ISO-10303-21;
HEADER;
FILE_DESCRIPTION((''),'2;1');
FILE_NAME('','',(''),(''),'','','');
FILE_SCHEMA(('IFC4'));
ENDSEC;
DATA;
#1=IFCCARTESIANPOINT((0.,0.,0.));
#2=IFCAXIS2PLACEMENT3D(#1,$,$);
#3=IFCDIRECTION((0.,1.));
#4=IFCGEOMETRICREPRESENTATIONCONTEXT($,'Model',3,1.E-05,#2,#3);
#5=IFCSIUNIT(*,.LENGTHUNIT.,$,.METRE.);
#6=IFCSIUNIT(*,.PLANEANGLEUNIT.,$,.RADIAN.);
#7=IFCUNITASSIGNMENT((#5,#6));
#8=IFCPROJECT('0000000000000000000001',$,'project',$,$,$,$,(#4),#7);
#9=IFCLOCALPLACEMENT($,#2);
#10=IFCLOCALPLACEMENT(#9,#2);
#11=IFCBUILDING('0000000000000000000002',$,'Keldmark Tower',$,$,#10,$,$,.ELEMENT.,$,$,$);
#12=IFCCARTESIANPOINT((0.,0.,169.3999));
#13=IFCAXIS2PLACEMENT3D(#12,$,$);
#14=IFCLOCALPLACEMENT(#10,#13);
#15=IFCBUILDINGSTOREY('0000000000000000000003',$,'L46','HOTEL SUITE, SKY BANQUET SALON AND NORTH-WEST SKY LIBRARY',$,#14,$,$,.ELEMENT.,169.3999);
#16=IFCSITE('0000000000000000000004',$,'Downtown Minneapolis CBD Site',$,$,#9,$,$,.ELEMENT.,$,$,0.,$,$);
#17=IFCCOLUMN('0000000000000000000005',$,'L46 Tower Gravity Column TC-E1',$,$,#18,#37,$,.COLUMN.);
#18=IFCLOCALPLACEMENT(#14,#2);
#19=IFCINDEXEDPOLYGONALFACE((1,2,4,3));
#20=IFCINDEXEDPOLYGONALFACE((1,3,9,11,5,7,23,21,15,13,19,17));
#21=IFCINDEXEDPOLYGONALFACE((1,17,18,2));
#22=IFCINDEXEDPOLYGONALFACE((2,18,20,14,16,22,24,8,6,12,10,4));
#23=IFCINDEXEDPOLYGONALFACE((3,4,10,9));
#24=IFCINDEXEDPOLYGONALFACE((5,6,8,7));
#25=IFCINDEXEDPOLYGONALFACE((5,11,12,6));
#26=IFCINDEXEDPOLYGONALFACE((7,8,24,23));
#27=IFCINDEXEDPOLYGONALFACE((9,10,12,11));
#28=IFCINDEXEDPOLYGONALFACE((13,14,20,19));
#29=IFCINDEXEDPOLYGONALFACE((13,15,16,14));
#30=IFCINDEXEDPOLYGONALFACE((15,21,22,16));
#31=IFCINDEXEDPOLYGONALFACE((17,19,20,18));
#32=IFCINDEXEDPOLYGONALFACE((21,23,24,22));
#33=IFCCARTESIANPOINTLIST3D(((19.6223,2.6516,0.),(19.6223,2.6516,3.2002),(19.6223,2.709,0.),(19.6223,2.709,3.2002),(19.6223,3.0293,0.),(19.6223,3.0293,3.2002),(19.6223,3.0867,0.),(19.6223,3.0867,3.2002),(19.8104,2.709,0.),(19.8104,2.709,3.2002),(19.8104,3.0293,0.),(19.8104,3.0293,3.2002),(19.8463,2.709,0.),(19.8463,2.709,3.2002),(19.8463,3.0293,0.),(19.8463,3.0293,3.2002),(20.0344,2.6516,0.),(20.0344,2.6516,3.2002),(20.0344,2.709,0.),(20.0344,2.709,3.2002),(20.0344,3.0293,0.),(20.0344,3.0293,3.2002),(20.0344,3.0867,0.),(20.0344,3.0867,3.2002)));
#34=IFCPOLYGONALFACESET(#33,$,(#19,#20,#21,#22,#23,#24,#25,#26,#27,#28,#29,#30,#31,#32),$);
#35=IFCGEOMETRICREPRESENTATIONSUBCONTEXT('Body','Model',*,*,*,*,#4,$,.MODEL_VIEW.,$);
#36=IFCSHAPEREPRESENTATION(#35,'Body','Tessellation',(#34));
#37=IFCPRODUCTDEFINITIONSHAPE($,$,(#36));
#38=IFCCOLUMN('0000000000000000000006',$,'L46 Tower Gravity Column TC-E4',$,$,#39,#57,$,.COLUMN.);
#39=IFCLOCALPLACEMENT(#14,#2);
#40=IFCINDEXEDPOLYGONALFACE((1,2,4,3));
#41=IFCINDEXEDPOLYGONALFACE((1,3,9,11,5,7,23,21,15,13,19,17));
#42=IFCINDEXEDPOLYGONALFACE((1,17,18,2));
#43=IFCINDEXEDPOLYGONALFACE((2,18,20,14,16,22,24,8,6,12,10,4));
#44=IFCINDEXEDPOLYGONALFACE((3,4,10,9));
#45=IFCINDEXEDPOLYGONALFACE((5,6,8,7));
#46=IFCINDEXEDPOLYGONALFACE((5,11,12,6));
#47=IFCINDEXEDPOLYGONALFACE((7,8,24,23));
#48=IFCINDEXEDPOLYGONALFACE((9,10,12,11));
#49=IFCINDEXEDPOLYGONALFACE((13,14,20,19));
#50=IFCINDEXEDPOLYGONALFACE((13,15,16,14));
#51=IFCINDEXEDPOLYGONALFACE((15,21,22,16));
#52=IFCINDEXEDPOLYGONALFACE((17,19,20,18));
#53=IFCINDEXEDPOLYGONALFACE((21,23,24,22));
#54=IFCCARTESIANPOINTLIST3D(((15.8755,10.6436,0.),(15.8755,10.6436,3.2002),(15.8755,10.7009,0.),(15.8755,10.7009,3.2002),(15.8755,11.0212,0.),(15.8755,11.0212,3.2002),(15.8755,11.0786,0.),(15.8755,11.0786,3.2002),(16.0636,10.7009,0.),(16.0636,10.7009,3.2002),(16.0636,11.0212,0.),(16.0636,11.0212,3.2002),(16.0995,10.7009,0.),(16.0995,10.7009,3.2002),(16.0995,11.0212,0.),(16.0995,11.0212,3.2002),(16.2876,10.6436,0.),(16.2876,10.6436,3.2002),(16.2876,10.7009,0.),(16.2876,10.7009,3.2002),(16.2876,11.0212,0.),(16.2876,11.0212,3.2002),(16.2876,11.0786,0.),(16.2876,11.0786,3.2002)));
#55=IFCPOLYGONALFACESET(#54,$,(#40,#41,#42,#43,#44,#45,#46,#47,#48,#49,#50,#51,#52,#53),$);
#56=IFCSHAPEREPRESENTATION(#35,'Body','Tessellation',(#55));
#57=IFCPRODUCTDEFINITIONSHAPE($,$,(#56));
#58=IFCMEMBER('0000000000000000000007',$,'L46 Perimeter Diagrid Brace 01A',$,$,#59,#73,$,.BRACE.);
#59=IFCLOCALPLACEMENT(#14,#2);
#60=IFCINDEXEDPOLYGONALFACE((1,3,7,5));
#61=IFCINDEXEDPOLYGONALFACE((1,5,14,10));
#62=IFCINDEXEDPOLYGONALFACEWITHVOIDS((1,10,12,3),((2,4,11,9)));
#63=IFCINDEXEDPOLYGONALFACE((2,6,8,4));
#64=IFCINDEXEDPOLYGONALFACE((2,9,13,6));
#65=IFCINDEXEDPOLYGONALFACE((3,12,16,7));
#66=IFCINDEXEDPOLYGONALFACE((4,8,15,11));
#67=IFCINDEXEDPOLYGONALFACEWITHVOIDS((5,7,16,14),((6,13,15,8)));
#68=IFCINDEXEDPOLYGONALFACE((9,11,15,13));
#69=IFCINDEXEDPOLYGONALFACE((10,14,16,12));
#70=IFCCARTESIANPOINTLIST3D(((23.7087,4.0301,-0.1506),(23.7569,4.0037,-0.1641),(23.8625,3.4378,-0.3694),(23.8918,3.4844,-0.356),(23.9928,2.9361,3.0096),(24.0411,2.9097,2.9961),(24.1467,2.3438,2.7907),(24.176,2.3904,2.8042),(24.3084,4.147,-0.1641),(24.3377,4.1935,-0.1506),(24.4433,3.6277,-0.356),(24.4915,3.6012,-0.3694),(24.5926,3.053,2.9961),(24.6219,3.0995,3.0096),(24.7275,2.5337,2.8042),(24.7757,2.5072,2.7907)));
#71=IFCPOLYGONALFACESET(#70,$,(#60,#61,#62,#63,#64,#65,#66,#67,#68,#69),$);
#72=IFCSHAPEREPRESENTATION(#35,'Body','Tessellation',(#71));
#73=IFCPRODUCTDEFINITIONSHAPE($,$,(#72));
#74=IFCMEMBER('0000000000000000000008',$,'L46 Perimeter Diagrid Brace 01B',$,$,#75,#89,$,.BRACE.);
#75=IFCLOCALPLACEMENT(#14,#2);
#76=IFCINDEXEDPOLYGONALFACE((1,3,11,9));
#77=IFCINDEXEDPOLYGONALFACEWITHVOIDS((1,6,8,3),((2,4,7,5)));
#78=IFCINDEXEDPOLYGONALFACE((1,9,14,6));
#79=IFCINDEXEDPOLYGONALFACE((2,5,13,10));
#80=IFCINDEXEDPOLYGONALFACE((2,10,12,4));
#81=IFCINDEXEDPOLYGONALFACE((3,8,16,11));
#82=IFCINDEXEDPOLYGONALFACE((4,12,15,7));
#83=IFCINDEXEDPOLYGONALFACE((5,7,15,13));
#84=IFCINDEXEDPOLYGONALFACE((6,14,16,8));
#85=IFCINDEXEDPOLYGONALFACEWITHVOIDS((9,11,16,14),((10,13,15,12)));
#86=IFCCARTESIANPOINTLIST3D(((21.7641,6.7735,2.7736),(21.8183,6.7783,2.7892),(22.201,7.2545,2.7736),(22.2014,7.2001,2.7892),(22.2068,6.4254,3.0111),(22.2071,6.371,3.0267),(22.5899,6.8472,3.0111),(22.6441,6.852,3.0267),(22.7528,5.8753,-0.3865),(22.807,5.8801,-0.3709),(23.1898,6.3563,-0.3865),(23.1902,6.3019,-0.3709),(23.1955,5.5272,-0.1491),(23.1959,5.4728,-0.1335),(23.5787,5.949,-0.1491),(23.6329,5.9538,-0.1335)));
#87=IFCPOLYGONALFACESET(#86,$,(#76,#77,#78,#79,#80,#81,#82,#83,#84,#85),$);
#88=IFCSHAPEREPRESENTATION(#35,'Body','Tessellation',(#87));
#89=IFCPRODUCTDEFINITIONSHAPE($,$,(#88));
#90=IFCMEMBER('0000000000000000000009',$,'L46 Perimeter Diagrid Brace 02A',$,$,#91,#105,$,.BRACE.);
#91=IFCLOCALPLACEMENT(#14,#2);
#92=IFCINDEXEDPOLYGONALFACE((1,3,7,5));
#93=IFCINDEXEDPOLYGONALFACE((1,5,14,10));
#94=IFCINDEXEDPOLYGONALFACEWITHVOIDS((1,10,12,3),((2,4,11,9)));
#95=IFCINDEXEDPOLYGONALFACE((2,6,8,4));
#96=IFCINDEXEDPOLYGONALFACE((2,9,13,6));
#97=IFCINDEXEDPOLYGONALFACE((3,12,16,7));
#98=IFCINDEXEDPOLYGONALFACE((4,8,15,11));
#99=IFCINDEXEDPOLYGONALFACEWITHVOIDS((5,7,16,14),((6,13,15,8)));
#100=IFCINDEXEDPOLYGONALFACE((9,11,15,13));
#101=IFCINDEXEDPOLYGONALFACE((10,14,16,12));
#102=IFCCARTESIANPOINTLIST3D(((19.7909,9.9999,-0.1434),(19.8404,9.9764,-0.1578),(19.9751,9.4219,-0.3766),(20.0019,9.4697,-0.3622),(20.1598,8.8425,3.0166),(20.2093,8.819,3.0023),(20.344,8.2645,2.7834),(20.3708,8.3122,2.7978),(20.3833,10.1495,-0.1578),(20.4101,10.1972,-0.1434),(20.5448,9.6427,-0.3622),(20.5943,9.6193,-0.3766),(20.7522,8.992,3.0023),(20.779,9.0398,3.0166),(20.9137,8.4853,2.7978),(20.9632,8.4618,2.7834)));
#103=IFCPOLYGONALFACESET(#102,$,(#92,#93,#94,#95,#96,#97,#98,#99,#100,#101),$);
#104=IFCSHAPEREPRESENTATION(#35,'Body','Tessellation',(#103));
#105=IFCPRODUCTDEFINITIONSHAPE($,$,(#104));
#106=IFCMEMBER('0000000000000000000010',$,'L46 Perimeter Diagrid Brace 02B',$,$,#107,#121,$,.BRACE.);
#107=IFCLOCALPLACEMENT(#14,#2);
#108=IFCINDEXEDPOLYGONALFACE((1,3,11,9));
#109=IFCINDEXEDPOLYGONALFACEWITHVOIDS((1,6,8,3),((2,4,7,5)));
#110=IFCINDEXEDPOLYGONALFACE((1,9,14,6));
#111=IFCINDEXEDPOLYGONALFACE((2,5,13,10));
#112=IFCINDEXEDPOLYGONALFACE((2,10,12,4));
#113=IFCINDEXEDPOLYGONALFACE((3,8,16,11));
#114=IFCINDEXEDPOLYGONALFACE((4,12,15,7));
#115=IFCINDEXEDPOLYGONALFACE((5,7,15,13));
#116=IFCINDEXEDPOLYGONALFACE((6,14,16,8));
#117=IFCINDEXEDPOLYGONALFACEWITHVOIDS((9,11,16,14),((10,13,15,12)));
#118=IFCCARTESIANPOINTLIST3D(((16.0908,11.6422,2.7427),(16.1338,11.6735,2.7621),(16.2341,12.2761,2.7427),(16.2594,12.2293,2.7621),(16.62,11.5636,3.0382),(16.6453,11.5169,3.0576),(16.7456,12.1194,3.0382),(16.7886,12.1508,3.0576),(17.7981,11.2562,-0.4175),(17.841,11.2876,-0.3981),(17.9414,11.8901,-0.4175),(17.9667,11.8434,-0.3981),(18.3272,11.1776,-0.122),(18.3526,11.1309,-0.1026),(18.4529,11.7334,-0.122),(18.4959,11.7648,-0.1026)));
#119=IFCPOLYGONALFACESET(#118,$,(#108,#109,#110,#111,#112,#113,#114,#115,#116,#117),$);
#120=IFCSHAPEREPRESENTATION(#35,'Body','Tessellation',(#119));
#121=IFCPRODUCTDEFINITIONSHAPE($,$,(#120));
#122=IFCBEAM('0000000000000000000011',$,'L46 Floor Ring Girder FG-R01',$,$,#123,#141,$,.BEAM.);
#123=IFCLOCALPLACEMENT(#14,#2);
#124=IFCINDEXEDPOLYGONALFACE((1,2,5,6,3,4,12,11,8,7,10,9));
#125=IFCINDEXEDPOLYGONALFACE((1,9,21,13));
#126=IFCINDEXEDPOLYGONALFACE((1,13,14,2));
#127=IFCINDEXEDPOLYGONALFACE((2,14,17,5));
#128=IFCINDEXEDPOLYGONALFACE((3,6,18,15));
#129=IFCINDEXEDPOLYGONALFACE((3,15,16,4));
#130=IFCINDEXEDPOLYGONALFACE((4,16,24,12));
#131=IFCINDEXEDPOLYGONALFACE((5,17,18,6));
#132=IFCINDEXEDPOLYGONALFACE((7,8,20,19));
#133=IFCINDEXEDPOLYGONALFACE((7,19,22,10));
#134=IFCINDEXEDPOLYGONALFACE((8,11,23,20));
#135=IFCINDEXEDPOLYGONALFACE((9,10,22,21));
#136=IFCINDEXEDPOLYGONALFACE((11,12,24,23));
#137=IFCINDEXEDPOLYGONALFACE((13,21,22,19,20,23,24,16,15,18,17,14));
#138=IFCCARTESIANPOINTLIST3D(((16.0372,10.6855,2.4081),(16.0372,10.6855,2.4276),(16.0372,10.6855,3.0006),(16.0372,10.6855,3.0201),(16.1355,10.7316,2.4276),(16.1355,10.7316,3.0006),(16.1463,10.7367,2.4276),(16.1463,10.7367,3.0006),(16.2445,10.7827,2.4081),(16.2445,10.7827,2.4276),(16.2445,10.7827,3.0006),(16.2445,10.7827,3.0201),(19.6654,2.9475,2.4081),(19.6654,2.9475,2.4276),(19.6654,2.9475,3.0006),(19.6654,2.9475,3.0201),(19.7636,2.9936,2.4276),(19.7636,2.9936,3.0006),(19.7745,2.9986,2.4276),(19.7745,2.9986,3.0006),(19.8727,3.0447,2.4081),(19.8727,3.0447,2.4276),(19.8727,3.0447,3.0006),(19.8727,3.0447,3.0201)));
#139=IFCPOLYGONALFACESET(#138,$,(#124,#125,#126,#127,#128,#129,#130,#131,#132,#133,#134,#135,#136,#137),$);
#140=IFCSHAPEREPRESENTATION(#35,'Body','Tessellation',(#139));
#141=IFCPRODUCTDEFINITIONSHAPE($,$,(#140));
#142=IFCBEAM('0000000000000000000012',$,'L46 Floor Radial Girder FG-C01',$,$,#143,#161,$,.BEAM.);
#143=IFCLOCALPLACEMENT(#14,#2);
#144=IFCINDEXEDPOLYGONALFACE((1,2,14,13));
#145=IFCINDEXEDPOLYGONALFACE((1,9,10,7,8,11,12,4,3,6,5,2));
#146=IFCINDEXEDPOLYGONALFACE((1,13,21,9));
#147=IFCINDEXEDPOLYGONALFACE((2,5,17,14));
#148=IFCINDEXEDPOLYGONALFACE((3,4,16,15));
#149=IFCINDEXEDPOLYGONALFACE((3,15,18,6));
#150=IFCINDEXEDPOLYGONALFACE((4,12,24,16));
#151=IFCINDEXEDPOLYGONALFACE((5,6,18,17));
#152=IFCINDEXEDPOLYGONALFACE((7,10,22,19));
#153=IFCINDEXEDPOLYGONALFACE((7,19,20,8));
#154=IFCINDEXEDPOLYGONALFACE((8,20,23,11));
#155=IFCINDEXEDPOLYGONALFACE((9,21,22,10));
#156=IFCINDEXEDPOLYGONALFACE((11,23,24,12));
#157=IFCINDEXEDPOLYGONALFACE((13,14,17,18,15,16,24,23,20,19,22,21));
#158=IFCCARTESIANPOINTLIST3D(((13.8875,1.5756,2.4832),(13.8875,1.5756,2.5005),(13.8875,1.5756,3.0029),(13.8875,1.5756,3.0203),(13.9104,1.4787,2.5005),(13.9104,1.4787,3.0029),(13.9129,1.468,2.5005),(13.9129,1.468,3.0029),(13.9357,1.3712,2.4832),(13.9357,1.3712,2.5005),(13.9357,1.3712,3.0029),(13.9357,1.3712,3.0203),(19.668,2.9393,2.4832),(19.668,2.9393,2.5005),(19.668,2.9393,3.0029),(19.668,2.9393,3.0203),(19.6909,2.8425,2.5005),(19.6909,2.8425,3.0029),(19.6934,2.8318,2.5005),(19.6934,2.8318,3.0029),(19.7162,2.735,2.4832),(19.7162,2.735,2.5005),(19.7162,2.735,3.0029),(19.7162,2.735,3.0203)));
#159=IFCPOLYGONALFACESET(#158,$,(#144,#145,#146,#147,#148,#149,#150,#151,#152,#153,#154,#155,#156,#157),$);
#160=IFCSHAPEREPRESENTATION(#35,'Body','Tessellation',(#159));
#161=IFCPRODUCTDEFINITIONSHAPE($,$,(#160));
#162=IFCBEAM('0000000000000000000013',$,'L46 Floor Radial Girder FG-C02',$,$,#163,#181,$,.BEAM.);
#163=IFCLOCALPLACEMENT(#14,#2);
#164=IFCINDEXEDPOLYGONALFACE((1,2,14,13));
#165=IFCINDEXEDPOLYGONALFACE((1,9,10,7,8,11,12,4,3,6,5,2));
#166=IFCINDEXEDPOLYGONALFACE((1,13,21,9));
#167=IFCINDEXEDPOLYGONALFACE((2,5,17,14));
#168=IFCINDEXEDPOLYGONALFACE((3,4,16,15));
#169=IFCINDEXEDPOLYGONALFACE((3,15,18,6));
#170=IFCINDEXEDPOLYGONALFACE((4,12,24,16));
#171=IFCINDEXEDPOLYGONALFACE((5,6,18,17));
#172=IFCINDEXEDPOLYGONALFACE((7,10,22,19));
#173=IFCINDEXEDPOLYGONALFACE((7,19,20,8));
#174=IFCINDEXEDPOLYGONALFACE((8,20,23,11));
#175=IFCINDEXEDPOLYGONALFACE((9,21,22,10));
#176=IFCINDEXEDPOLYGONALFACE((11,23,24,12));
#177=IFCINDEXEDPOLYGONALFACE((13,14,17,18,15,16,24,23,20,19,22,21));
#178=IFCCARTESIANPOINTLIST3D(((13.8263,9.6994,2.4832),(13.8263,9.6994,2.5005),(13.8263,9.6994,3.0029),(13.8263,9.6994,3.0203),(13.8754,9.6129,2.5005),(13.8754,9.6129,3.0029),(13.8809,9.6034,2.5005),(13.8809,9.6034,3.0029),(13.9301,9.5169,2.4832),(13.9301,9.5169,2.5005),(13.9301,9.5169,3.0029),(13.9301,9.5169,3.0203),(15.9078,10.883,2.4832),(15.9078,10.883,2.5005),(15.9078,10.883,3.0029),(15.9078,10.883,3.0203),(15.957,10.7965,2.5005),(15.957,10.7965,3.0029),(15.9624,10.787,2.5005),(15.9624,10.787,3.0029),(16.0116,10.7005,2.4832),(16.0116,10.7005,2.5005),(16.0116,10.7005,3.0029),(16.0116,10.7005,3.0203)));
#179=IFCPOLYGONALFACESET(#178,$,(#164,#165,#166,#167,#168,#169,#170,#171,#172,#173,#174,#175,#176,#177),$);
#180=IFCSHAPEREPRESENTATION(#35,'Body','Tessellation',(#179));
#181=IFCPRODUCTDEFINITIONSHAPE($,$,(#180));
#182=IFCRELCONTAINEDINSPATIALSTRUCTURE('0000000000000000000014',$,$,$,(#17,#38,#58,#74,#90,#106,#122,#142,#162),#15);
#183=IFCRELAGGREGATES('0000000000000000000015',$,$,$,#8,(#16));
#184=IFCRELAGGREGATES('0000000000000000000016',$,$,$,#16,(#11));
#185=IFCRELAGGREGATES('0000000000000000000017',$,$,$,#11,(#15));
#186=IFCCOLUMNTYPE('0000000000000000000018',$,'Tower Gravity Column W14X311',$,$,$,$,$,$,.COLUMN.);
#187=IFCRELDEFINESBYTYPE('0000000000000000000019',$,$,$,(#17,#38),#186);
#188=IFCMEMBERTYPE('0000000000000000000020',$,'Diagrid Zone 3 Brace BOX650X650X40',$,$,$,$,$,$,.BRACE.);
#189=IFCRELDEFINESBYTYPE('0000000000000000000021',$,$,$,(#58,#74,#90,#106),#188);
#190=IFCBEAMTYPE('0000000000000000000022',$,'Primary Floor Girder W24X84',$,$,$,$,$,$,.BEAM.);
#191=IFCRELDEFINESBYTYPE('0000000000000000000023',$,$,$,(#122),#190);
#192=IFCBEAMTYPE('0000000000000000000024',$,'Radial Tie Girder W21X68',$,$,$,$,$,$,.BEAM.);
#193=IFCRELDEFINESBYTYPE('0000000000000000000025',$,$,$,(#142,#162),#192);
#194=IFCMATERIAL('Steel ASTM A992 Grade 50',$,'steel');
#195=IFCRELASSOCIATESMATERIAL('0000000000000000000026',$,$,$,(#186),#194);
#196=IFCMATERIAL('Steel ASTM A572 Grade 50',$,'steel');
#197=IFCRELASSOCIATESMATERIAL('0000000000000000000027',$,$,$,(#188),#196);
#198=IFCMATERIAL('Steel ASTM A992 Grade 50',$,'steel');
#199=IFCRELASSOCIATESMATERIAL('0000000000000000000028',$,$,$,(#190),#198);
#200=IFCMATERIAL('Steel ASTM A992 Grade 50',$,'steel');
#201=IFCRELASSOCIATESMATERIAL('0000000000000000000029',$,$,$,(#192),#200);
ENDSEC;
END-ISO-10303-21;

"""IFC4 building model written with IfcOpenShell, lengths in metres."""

from ifc_helpers import new_model, si_unit, direction, frame, origin, origin_2d, place, context, subcontext, project, spatial, hollow_rectangle, i_section, extrude, material, material_profile, profile_set, type_object, element, save


model = new_model("IFC4")

# Units and contexts
model_context = context("Model", 3, precision=1e-05, world=origin(), true_north=direction((0.0, 1.0)))
body_context = subcontext(model_context, "Body", "Model", "MODEL_VIEW")
ifc_project = project(units=[si_unit("LENGTHUNIT", "METRE"), si_unit("PLANEANGLEUNIT", "RADIAN")], contexts=[model_context])

# Site, building, storey
site_placement = place(None, origin())
site = spatial("IfcSite", under=ifc_project, at=site_placement, Name="Downtown Minneapolis CBD Site", CompositionType="ELEMENT", RefElevation=0.0)
building_placement = place(site_placement, origin())
building = spatial("IfcBuilding", under=site, at=building_placement, Name="Keldmark Tower", CompositionType="ELEMENT")
storey_placement = place(building_placement, frame((0.0, 0.0, 169.3999)))
storey = spatial("IfcBuildingStorey", under=building, at=storey_placement, Name="L46", Description="HOTEL SUITE, SKY BANQUET SALON AND NORTH-WEST SKY LIBRARY", CompositionType="ELEMENT", Elevation=169.3999)

# Columns
ifc_material_1 = material(Name="Steel ASTM A992 Grade 50", Category="steel")
ifc_material_profile_1 = material_profile(ifc_material_1, i_section(OverallWidth=0.4121, OverallDepth=0.4351, WebThickness=0.0359, FlangeThickness=0.0574, at=origin_2d()), Name="W14X311")
ifc_profile_set_1 = profile_set([ifc_material_profile_1], Name="Steel ASTM A992 Grade 50")
column_type = type_object("IfcColumnType", Name="Tower Gravity Column W14X311", PredefinedType="COLUMN", material=ifc_profile_set_1)
for number, where, z_axis, x_axis, name in (
    (1, (19.8284, 2.8691, 0.0), (0.0, 0.0, 1.0), (1.0, 0.0, 0.0), "L46 Tower Gravity Column TC-E1"),
    (2, (16.0815, 10.8611, 0.0), (0.0, 0.0, 1.0), (1.0, 0.0, 0.0), "L46 Tower Gravity Column TC-E4"),
):
    element("IfcColumn", number, at=place(storey_placement, frame(where, z_axis=z_axis, x_axis=x_axis)), inside=storey, type_object=column_type, Name=name, PredefinedType="COLUMN", context=body_context, shape_type="SweptSolid", body=[
        extrude(i_section(OverallWidth=0.4121, OverallDepth=0.4351, WebThickness=0.0359, FlangeThickness=0.0574, at=origin_2d()), origin(), (0.0, 0.0, 1.0), 3.2002),
    ])

# Members
ifc_material_2 = material(Name="Steel ASTM A572 Grade 50", Category="steel")
ifc_material_profile_2 = material_profile(ifc_material_2, hollow_rectangle(XDim=0.6499, YDim=0.6499, WallThickness=0.04, at=origin_2d()), Name="BOX650X650X40")
ifc_profile_set_2 = profile_set([ifc_material_profile_2], Name="Steel ASTM A572 Grade 50")
member_type = type_object("IfcMemberType", Name="Diagrid Zone 3 Brace BOX650X650X40", PredefinedType="BRACE", material=ifc_profile_set_2)
member_1_placement = place(storey_placement, frame((24.1001, 3.8157, -0.26), z_axis=(0.084673, -0.325961, 0.941584), x_axis=(0.967878, 0.251419, 0.0)))
element("IfcMember", 3, at=member_1_placement, inside=storey, type_object=member_type, Name="L46 Perimeter Diagrid Brace 01A", PredefinedType="BRACE", context=body_context, shape_type="SweptSolid", body=[
    extrude(hollow_rectangle(XDim=0.6499, YDim=0.6499, WallThickness=0.04, at=origin_2d()), origin(), (0.0, 0.0, 1.0), 3.3562),
])
member_2_placement = place(storey_placement, frame((23.1929, 5.9146, -0.26), z_axis=(-0.288196, 0.261796, 0.921089), x_axis=(-0.672391, -0.740196, 0.0)))
element("IfcMember", 4, at=member_2_placement, inside=storey, type_object=member_type, Name="L46 Perimeter Diagrid Brace 01B", PredefinedType="BRACE", context=body_context, shape_type="SweptSolid", body=[
    extrude(hollow_rectangle(XDim=0.6499, YDim=0.6499, WallThickness=0.04, at=origin_2d()), origin(), (0.0, 0.0, 1.0), 3.4309),
])
member_3_placement = place(storey_placement, frame((20.1926, 9.8096, -0.26), z_axis=(0.10896, -0.341879, 0.933406), x_axis=(0.952781, 0.30366, 0.0)))
element("IfcMember", 5, at=member_3_placement, inside=storey, type_object=member_type, Name="L46 Perimeter Diagrid Brace 02A", PredefinedType="BRACE", context=body_context, shape_type="SweptSolid", body=[
    extrude(hollow_rectangle(XDim=0.6499, YDim=0.6499, WallThickness=0.04, at=origin_2d()), origin(), (0.0, 0.0, 1.0), 3.3855),
])
member_4_placement = place(storey_placement, frame((18.147, 11.5105, -0.26), z_axis=(-0.472598, 0.106847, 0.874777), x_axis=(-0.220518, -0.975383, 0.0)))
element("IfcMember", 6, at=member_4_placement, inside=storey, type_object=member_type, Name="L46 Perimeter Diagrid Brace 02B", PredefinedType="BRACE", context=body_context, shape_type="SweptSolid", body=[
    extrude(hollow_rectangle(XDim=0.6499, YDim=0.6499, WallThickness=0.04, at=origin_2d()), origin(), (0.0, 0.0, 1.0), 3.6125),
])

# Beams
ifc_material_3 = material(Name="Steel ASTM A992 Grade 50", Category="steel")
ifc_material_profile_3 = material_profile(ifc_material_3, i_section(OverallWidth=0.229, OverallDepth=0.6121, WebThickness=0.012, FlangeThickness=0.0195, at=origin_2d()), Name="W24X84")
ifc_profile_set_3 = profile_set([ifc_material_profile_3], Name="Steel ASTM A992 Grade 50")
beam_type_1 = type_object("IfcBeamType", Name="Primary Floor Girder W24X84", PredefinedType="BEAM", material=ifc_profile_set_3)
beam_1_placement = place(storey_placement, frame((19.769, 2.9961, 2.7141), z_axis=(-0.424527, 0.905415, 0.0), x_axis=(-0.905415, -0.424527, 0.0)))
element("IfcBeam", 7, at=beam_1_placement, inside=storey, type_object=beam_type_1, Name="L46 Floor Ring Girder FG-R01", PredefinedType="BEAM", context=body_context, shape_type="SweptSolid", body=[
    extrude(i_section(OverallWidth=0.229, OverallDepth=0.6121, WebThickness=0.012, FlangeThickness=0.0195, at=origin_2d()), origin(), (0.0, 0.0, 1.0), 8.5464),
])
ifc_material_4 = material(Name="Steel ASTM A992 Grade 50", Category="steel")
ifc_material_profile_4 = material_profile(ifc_material_4, i_section(OverallWidth=0.21, OverallDepth=0.5371, WebThickness=0.011, FlangeThickness=0.0173, at=origin_2d()), Name="W21X68")
ifc_profile_set_4 = profile_set([ifc_material_profile_4], Name="Steel ASTM A992 Grade 50")
beam_type_2 = type_object("IfcBeamType", Name="Radial Tie Girder W21X68", PredefinedType="BEAM", material=ifc_profile_set_4)
beam_2_placement = place(storey_placement, frame((19.6921, 2.8372, 2.7517), z_axis=(-0.97328, -0.229621, 0.0), x_axis=(0.229621, -0.97328, 0.0)))
element("IfcBeam", 8, at=beam_2_placement, inside=storey, type_object=beam_type_2, Name="L46 Floor Radial Girder FG-C01", PredefinedType="BEAM", context=body_context, shape_type="SweptSolid", body=[
    extrude(i_section(OverallWidth=0.21, OverallDepth=0.5371, WebThickness=0.011, FlangeThickness=0.0173, at=origin_2d()), origin(), (0.0, 0.0, 1.0), 5.9392),
])
beam_3_placement = place(storey_placement, frame((15.9597, 10.7917, 2.7517), z_axis=(-0.869295, -0.494293, 0.0), x_axis=(0.494293, -0.869295, 0.0)))
element("IfcBeam", 9, at=beam_3_placement, inside=storey, type_object=beam_type_2, Name="L46 Floor Radial Girder FG-C02", PredefinedType="BEAM", context=body_context, shape_type="SweptSolid", body=[
    extrude(i_section(OverallWidth=0.21, OverallDepth=0.5371, WebThickness=0.011, FlangeThickness=0.0173, at=origin_2d()), origin(), (0.0, 0.0, 1.0), 2.3945),
])

save(model, "model.ifc")
